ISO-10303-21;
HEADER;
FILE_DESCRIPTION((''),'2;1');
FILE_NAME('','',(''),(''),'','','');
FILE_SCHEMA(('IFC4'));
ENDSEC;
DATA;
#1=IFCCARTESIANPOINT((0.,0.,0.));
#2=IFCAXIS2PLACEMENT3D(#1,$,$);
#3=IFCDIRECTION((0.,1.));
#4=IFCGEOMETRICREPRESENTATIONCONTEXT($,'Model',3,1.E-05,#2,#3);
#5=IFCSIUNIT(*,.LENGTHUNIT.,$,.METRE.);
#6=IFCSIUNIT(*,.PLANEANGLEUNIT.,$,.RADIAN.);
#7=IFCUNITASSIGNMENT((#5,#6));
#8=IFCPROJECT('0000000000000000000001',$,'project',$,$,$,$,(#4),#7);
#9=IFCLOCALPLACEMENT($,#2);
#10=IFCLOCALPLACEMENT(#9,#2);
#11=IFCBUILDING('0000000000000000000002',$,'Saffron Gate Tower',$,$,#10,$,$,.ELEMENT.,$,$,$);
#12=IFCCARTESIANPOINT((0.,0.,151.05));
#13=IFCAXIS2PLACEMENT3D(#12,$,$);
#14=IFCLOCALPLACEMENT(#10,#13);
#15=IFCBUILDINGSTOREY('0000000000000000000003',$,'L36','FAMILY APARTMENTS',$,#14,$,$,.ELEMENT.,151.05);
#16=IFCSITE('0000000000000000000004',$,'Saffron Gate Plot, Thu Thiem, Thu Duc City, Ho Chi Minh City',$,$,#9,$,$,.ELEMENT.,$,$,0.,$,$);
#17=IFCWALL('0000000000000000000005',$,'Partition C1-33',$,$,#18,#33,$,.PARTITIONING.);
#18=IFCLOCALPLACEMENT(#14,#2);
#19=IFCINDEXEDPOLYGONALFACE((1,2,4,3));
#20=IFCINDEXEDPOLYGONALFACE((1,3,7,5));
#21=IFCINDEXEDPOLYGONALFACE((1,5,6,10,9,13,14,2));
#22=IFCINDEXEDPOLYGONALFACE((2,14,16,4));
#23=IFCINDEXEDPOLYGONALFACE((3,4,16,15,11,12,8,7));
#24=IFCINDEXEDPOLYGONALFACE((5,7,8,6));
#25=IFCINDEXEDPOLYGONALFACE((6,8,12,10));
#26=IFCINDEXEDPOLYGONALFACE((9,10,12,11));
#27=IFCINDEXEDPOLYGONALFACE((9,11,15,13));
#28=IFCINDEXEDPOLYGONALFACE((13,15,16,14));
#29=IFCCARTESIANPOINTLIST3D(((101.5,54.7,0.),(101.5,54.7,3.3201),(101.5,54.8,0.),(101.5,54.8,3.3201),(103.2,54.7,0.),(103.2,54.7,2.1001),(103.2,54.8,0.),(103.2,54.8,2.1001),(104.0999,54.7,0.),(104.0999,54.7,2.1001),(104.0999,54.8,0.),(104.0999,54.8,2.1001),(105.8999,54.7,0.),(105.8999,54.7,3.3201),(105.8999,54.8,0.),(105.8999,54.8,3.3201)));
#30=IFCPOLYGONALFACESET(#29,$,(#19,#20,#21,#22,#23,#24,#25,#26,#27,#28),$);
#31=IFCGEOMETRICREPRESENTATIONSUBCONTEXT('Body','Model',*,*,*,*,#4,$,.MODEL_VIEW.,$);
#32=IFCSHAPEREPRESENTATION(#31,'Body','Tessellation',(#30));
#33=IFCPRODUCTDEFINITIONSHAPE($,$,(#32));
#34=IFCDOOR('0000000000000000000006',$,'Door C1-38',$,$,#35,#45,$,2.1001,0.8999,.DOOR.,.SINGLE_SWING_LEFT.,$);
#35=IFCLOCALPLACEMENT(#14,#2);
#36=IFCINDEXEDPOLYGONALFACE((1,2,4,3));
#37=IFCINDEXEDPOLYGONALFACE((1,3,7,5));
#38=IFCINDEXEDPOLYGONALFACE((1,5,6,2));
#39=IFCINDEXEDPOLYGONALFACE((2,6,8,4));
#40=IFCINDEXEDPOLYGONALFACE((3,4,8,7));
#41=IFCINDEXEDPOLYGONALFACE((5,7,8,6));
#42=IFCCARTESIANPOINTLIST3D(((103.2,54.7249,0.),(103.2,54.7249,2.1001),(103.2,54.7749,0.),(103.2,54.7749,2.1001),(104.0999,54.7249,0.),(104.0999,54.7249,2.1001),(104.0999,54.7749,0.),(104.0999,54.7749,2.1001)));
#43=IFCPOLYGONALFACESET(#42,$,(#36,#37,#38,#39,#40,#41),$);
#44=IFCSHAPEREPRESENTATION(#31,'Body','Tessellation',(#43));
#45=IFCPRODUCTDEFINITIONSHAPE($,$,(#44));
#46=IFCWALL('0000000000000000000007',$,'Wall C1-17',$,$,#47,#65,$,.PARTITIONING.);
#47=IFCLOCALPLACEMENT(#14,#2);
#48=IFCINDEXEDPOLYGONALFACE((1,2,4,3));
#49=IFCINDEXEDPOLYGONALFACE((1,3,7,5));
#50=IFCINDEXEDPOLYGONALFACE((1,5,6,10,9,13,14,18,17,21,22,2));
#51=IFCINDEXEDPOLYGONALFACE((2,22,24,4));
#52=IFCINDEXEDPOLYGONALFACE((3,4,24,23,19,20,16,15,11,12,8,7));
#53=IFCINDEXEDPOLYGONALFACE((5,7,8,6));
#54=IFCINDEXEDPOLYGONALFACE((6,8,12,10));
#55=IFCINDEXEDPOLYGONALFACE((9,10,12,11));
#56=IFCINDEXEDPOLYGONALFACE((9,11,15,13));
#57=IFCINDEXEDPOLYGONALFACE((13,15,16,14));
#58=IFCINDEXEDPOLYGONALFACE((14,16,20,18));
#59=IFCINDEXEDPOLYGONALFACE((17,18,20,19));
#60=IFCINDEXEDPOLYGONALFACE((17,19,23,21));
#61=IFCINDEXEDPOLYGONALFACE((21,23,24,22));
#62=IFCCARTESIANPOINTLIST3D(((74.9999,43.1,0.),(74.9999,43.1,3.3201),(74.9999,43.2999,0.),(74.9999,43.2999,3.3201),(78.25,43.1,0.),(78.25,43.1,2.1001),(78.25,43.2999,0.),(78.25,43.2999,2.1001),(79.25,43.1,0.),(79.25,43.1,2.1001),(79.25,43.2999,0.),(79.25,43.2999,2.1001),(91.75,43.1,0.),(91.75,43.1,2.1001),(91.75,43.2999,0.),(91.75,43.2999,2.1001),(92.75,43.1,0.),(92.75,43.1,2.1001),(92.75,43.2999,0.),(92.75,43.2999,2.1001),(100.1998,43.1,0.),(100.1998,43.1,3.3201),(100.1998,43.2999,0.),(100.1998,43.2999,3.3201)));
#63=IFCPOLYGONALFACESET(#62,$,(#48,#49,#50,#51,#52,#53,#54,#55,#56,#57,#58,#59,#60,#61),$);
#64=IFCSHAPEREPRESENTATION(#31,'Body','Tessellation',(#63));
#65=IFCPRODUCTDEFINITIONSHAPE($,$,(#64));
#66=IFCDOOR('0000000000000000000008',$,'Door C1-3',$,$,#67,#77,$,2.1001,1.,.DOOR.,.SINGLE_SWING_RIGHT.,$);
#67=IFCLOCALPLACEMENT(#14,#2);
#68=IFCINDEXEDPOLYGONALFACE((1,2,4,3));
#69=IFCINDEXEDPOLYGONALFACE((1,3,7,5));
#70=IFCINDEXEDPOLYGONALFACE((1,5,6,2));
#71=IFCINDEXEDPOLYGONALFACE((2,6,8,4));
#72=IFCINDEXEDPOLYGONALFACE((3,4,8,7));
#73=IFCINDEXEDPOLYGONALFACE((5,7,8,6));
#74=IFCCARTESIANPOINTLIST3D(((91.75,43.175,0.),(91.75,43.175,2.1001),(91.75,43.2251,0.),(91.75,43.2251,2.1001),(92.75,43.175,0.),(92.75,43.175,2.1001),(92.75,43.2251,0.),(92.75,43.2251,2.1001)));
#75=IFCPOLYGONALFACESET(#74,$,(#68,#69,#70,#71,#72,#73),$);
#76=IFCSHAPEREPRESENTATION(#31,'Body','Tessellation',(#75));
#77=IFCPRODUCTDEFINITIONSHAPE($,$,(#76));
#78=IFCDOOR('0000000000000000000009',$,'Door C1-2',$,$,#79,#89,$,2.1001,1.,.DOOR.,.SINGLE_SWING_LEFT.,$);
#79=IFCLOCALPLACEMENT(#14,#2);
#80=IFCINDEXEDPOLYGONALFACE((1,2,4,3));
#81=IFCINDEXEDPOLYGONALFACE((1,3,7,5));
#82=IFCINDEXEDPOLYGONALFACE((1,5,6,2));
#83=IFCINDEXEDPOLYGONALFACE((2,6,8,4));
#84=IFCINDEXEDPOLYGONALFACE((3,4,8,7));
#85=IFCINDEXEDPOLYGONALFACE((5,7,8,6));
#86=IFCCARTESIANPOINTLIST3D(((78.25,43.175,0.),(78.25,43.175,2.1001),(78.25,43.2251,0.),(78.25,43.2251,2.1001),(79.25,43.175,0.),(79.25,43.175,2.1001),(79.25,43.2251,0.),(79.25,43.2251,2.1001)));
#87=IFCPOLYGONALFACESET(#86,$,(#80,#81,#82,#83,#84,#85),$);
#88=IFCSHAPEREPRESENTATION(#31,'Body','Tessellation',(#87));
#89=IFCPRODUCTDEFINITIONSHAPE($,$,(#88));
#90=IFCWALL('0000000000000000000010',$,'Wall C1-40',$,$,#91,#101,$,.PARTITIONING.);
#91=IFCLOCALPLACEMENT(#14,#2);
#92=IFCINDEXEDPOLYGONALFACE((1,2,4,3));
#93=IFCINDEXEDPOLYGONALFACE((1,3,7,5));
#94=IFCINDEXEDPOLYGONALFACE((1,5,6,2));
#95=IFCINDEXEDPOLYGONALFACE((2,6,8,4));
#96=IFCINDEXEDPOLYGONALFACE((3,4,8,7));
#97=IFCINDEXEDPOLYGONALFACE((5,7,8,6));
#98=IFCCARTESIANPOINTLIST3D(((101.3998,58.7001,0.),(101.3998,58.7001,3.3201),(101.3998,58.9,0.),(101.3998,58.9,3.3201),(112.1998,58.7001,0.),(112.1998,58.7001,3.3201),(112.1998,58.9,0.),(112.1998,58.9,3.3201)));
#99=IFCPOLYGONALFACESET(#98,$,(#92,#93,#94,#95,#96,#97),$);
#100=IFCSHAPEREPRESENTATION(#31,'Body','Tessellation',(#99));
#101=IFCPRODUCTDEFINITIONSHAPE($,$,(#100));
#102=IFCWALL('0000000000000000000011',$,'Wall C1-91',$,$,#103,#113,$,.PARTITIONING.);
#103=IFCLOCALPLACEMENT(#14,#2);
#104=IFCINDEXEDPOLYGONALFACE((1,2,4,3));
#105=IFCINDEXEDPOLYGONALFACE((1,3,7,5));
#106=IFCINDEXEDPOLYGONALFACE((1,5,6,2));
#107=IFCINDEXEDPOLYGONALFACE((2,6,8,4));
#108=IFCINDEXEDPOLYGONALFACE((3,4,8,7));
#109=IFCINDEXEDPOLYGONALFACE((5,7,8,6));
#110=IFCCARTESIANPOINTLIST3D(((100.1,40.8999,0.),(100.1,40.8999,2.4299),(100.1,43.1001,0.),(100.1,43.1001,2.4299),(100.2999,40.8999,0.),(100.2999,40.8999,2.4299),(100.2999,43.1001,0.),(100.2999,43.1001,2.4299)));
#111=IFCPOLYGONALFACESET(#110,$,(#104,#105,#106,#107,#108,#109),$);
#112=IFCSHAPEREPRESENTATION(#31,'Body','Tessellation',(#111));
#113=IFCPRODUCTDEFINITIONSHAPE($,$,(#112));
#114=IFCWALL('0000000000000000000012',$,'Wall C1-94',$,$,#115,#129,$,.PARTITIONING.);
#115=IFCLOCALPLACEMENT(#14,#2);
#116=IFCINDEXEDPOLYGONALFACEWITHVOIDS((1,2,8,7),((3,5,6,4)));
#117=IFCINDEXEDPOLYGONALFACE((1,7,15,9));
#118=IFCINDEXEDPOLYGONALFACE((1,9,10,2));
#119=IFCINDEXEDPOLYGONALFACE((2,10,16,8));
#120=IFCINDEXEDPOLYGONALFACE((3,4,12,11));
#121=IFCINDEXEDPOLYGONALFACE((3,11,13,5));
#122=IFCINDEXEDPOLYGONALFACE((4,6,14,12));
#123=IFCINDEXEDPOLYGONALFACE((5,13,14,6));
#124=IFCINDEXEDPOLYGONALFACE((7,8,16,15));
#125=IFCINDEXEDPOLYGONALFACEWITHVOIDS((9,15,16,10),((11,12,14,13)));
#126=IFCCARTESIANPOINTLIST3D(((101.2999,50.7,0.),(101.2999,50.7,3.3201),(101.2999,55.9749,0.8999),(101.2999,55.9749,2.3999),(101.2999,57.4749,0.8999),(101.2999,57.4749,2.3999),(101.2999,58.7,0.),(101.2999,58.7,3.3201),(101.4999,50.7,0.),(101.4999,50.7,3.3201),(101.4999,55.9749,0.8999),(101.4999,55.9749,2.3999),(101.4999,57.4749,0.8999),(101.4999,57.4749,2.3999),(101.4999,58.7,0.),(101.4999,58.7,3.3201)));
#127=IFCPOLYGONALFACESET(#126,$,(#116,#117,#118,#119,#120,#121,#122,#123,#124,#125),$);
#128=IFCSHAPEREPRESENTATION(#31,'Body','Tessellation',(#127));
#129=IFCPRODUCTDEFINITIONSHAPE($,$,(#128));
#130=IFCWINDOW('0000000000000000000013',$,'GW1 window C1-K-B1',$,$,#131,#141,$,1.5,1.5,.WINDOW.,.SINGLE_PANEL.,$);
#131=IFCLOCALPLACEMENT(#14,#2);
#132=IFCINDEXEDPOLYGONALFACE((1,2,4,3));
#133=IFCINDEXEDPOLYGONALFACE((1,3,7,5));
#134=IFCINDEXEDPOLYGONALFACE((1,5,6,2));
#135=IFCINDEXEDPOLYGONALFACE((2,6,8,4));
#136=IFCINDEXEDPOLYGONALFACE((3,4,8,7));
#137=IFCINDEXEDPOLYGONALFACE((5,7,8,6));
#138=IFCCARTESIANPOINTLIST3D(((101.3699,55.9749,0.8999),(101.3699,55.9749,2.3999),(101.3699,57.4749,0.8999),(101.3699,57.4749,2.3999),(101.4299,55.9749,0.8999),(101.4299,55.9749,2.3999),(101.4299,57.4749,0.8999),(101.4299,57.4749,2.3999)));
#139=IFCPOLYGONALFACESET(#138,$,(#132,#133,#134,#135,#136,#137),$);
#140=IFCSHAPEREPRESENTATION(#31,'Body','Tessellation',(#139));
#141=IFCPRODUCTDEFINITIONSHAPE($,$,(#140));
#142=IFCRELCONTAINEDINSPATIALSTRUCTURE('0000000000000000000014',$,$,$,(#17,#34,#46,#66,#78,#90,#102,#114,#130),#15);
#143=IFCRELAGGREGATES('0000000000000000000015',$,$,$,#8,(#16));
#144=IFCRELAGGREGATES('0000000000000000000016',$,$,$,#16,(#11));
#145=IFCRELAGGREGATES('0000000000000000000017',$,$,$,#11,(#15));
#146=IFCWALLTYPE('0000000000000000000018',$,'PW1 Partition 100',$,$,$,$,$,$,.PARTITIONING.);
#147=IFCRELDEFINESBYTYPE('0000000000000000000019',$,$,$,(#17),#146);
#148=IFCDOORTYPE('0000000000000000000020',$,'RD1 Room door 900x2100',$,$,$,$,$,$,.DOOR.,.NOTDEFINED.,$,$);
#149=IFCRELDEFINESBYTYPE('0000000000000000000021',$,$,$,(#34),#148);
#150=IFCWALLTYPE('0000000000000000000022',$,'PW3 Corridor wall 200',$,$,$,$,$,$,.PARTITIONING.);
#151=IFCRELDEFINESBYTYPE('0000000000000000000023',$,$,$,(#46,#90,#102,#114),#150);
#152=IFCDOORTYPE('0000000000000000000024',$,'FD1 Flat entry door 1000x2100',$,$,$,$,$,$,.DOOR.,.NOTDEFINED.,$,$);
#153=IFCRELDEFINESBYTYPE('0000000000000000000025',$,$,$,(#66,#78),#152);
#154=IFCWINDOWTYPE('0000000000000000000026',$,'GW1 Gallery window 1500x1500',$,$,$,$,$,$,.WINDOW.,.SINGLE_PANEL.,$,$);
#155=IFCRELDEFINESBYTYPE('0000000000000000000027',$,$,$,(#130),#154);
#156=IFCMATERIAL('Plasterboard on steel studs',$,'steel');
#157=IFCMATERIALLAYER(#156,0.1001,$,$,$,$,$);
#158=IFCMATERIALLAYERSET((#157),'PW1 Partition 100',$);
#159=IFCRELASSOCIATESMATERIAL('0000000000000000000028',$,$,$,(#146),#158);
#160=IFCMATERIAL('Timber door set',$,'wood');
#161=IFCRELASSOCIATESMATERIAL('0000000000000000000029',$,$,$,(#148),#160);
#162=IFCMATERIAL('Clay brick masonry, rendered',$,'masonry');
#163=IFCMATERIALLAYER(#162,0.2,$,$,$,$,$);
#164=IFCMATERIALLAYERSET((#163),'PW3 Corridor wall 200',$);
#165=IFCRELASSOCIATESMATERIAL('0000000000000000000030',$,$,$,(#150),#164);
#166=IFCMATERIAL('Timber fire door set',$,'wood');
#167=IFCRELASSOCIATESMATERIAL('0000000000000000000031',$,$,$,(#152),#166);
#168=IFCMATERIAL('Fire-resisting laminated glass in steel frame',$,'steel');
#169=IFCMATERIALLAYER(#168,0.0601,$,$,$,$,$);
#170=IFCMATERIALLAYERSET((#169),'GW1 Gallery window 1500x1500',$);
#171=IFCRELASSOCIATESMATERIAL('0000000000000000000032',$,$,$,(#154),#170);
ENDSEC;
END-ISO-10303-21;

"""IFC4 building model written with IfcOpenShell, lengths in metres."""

from ifc_helpers import new_model, si_unit, direction, frame, frame_2d, origin, place, context, subcontext, project, spatial, rectangle, extrude, material, layer, layer_set, type_object, element, fill, save


model = new_model("IFC4")

# Units and contexts
model_context = context("Model", 3, precision=1e-05, world=origin(), true_north=direction((0.0, 1.0)))
body_context = subcontext(model_context, "Body", "Model", "MODEL_VIEW")
ifc_project = project(units=[si_unit("LENGTHUNIT", "METRE"), si_unit("PLANEANGLEUNIT", "RADIAN")], contexts=[model_context])

# Site, building, storey
site_placement = place(None, origin())
site = spatial("IfcSite", under=ifc_project, at=site_placement, Name="Saffron Gate Plot, Thu Thiem, Thu Duc City, Ho Chi Minh City", CompositionType="ELEMENT", RefElevation=0.0)
building_placement = place(site_placement, origin())
building = spatial("IfcBuilding", under=site, at=building_placement, Name="Saffron Gate Tower", CompositionType="ELEMENT")
storey_placement = place(building_placement, frame((0.0, 0.0, 151.05)))
storey = spatial("IfcBuildingStorey", under=building, at=storey_placement, Name="L36", Description="FAMILY APARTMENTS", CompositionType="ELEMENT", Elevation=151.05)

# Wall, opening, door
ifc_material_1 = material(Name="Plasterboard on steel studs", Category="steel")
ifc_layer_1 = layer(ifc_material_1, 0.1001)
ifc_layer_set_1 = layer_set([ifc_layer_1], Name="PW1 Partition 100")
wall_type_1 = type_object("IfcWallType", Name="PW1 Partition 100", PredefinedType="PARTITIONING", material=ifc_layer_set_1)
wall_1_placement = place(storey_placement, frame((101.5, 54.75, 0.0), z_axis=(0.0, 0.0, 1.0), x_axis=(1.0, 0.0, 0.0)))
wall_1 = element("IfcWall", 1, at=wall_1_placement, inside=storey, type_object=wall_type_1, Name="Partition C1-33", PredefinedType="PARTITIONING", context=body_context, shape_type="SweptSolid", body=[
    extrude(rectangle(XDim=4.3999, YDim=0.1001, at=frame_2d((2.2, 0.0))), origin(), (0.0, 0.0, 1.0), 3.3201),
])
opening_1_placement = place(wall_1_placement, frame((1.7, 0.0, 0.0)))
opening_1 = element("IfcOpeningElement", 2, at=opening_1_placement, cuts=wall_1, PredefinedType="OPENING", context=body_context, shape_type="SweptSolid", body=[
    extrude(rectangle(XDim=0.8999, YDim=2.1001, at=frame_2d((0.45, 1.05))), frame((0.0, 0.0601, 0.0), z_axis=(0.0, -1.0, 0.0), x_axis=(1.0, 0.0, 0.0)), (0.0, 0.0, 1.0), 0.1201),
])
ifc_material_2 = material(Name="Timber door set", Category="wood")
door_type_1 = type_object("IfcDoorType", Name="RD1 Room door 900x2100", OperationType="NOTDEFINED", PredefinedType="DOOR", material=ifc_material_2)
door_1_placement = place(opening_1_placement, origin())
door_1 = element("IfcDoor", 3, at=door_1_placement, inside=storey, type_object=door_type_1, Name="Door C1-38", OperationType="SINGLE_SWING_LEFT", OverallHeight=2.1001, OverallWidth=0.8999, PredefinedType="DOOR", context=body_context, shape_type="SweptSolid", body=[
    extrude(rectangle(XDim=0.8999, YDim=2.1001, at=frame_2d((0.45, 1.05))), frame((0.0, 0.0249, 0.0), z_axis=(0.0, -1.0, 0.0), x_axis=(1.0, 0.0, 0.0)), (0.0, 0.0, 1.0), 0.05),
])
fill(opening_1, door_1)

# Wall, openings, doors
ifc_material_3 = material(Name="Clay brick masonry, rendered", Category="masonry")
ifc_layer_2 = layer(ifc_material_3, 0.2)
ifc_layer_set_2 = layer_set([ifc_layer_2], Name="PW3 Corridor wall 200")
wall_type_2 = type_object("IfcWallType", Name="PW3 Corridor wall 200", PredefinedType="PARTITIONING", material=ifc_layer_set_2)
wall_2_placement = place(storey_placement, frame((100.2, 43.2, 0.0), z_axis=(0.0, 0.0, 1.0), x_axis=(-1.0, 0.0, 0.0)))
wall_2 = element("IfcWall", 4, at=wall_2_placement, inside=storey, type_object=wall_type_2, Name="Wall C1-17", PredefinedType="PARTITIONING", context=body_context, shape_type="SweptSolid", body=[
    extrude(rectangle(XDim=25.2, YDim=0.2, at=frame_2d((12.6001, 0.0))), origin(), (0.0, 0.0, 1.0), 3.3201),
])
opening_2_placement = place(wall_2_placement, frame((7.45, 0.0, 0.0)))
opening_2 = element("IfcOpeningElement", 5, at=opening_2_placement, cuts=wall_2, PredefinedType="OPENING", context=body_context, shape_type="SweptSolid", body=[
    extrude(rectangle(XDim=1.0, YDim=2.1001, at=frame_2d((0.5, 1.05))), frame((0.0, 0.1099, 0.0), z_axis=(0.0, -1.0, 0.0), x_axis=(1.0, 0.0, 0.0)), (0.0, 0.0, 1.0), 0.22),
])
opening_3_placement = place(wall_2_placement, frame((20.95, 0.0, 0.0)))
opening_3 = element("IfcOpeningElement", 6, at=opening_3_placement, cuts=wall_2, PredefinedType="OPENING", context=body_context, shape_type="SweptSolid", body=[
    extrude(rectangle(XDim=1.0, YDim=2.1001, at=frame_2d((0.5, 1.05))), frame((0.0, 0.1099, 0.0), z_axis=(0.0, -1.0, 0.0), x_axis=(1.0, 0.0, 0.0)), (0.0, 0.0, 1.0), 0.22),
])
ifc_material_4 = material(Name="Timber fire door set", Category="wood")
door_type_2 = type_object("IfcDoorType", Name="FD1 Flat entry door 1000x2100", OperationType="NOTDEFINED", PredefinedType="DOOR", material=ifc_material_4)
door_2_placement = place(opening_2_placement, origin())
door_2 = element("IfcDoor", 7, at=door_2_placement, inside=storey, type_object=door_type_2, Name="Door C1-3", OperationType="SINGLE_SWING_RIGHT", OverallHeight=2.1001, OverallWidth=1.0, PredefinedType="DOOR", context=body_context, shape_type="SweptSolid", body=[
    extrude(rectangle(XDim=1.0, YDim=2.1001, at=frame_2d((0.5, 1.05))), frame((0.0, 0.0249, 0.0), z_axis=(0.0, -1.0, 0.0), x_axis=(1.0, 0.0, 0.0)), (0.0, 0.0, 1.0), 0.05),
])
fill(opening_2, door_2)
door_3_placement = place(opening_3_placement, origin())
door_3 = element("IfcDoor", 8, at=door_3_placement, inside=storey, type_object=door_type_2, Name="Door C1-2", OperationType="SINGLE_SWING_LEFT", OverallHeight=2.1001, OverallWidth=1.0, PredefinedType="DOOR", context=body_context, shape_type="SweptSolid", body=[
    extrude(rectangle(XDim=1.0, YDim=2.1001, at=frame_2d((0.5, 1.05))), frame((0.0, 0.0249, 0.0), z_axis=(0.0, -1.0, 0.0), x_axis=(1.0, 0.0, 0.0)), (0.0, 0.0, 1.0), 0.05),
])
fill(opening_3, door_3)

# Walls
wall_3_placement = place(storey_placement, frame((101.3999, 58.8, 0.0), z_axis=(0.0, 0.0, 1.0), x_axis=(1.0, 0.0, 0.0)))
element("IfcWall", 9, at=wall_3_placement, inside=storey, type_object=wall_type_2, Name="Wall C1-40", PredefinedType="PARTITIONING", context=body_context, shape_type="SweptSolid", body=[
    extrude(rectangle(XDim=10.8, YDim=0.2, at=frame_2d((5.3999, 0.0))), origin(), (0.0, 0.0, 1.0), 3.3201),
])
wall_4_placement = place(storey_placement, frame((100.2, 43.1001, 0.0), z_axis=(0.0, 0.0, 1.0), x_axis=(0.0, -1.0, 0.0)))
element("IfcWall", 10, at=wall_4_placement, inside=storey, type_object=wall_type_2, Name="Wall C1-91", PredefinedType="PARTITIONING", context=body_context, shape_type="SweptSolid", body=[
    extrude(rectangle(XDim=2.2002, YDim=0.2, at=frame_2d((1.1001, 0.0))), origin(), (0.0, 0.0, 1.0), 2.4299),
])

# Wall, opening, window
wall_5_placement = place(storey_placement, frame((101.3999, 58.7, 0.0), z_axis=(0.0, 0.0, 1.0), x_axis=(0.0, -1.0, 0.0)))
wall_5 = element("IfcWall", 11, at=wall_5_placement, inside=storey, type_object=wall_type_2, Name="Wall C1-94", PredefinedType="PARTITIONING", context=body_context, shape_type="SweptSolid", body=[
    extrude(rectangle(XDim=8.0, YDim=0.2, at=frame_2d((4.0, 0.0))), origin(), (0.0, 0.0, 1.0), 3.3201),
])
opening_4_placement = place(wall_5_placement, frame((1.2251, 0.0, 0.8999)))
opening_4 = element("IfcOpeningElement", 12, at=opening_4_placement, cuts=wall_5, PredefinedType="OPENING", context=body_context, shape_type="SweptSolid", body=[
    extrude(rectangle(XDim=1.5, YDim=1.5, at=frame_2d((0.75, 0.75))), frame((0.0, 0.1099, 0.0), z_axis=(0.0, -1.0, 0.0), x_axis=(1.0, 0.0, 0.0)), (0.0, 0.0, 1.0), 0.22),
])
ifc_material_5 = material(Name="Fire-resisting laminated glass in steel frame", Category="steel")
ifc_layer_3 = layer(ifc_material_5, 0.0601)
ifc_layer_set_3 = layer_set([ifc_layer_3], Name="GW1 Gallery window 1500x1500")
window_type = type_object("IfcWindowType", Name="GW1 Gallery window 1500x1500", PartitioningType="SINGLE_PANEL", PredefinedType="WINDOW", material=ifc_layer_set_3)
window_placement = place(opening_4_placement, origin())
window = element("IfcWindow", 13, at=window_placement, inside=storey, type_object=window_type, Name="GW1 window C1-K-B1", OverallHeight=1.5, OverallWidth=1.5, PartitioningType="SINGLE_PANEL", PredefinedType="WINDOW", context=body_context, shape_type="SweptSolid", body=[
    extrude(rectangle(XDim=1.5, YDim=1.5, at=frame_2d((0.75, 0.75))), frame((0.0, 0.03, 0.0), z_axis=(0.0, -1.0, 0.0), x_axis=(1.0, 0.0, 0.0)), (0.0, 0.0, 1.0), 0.0601),
])
fill(opening_4, window)

save(model, "model.ifc")
